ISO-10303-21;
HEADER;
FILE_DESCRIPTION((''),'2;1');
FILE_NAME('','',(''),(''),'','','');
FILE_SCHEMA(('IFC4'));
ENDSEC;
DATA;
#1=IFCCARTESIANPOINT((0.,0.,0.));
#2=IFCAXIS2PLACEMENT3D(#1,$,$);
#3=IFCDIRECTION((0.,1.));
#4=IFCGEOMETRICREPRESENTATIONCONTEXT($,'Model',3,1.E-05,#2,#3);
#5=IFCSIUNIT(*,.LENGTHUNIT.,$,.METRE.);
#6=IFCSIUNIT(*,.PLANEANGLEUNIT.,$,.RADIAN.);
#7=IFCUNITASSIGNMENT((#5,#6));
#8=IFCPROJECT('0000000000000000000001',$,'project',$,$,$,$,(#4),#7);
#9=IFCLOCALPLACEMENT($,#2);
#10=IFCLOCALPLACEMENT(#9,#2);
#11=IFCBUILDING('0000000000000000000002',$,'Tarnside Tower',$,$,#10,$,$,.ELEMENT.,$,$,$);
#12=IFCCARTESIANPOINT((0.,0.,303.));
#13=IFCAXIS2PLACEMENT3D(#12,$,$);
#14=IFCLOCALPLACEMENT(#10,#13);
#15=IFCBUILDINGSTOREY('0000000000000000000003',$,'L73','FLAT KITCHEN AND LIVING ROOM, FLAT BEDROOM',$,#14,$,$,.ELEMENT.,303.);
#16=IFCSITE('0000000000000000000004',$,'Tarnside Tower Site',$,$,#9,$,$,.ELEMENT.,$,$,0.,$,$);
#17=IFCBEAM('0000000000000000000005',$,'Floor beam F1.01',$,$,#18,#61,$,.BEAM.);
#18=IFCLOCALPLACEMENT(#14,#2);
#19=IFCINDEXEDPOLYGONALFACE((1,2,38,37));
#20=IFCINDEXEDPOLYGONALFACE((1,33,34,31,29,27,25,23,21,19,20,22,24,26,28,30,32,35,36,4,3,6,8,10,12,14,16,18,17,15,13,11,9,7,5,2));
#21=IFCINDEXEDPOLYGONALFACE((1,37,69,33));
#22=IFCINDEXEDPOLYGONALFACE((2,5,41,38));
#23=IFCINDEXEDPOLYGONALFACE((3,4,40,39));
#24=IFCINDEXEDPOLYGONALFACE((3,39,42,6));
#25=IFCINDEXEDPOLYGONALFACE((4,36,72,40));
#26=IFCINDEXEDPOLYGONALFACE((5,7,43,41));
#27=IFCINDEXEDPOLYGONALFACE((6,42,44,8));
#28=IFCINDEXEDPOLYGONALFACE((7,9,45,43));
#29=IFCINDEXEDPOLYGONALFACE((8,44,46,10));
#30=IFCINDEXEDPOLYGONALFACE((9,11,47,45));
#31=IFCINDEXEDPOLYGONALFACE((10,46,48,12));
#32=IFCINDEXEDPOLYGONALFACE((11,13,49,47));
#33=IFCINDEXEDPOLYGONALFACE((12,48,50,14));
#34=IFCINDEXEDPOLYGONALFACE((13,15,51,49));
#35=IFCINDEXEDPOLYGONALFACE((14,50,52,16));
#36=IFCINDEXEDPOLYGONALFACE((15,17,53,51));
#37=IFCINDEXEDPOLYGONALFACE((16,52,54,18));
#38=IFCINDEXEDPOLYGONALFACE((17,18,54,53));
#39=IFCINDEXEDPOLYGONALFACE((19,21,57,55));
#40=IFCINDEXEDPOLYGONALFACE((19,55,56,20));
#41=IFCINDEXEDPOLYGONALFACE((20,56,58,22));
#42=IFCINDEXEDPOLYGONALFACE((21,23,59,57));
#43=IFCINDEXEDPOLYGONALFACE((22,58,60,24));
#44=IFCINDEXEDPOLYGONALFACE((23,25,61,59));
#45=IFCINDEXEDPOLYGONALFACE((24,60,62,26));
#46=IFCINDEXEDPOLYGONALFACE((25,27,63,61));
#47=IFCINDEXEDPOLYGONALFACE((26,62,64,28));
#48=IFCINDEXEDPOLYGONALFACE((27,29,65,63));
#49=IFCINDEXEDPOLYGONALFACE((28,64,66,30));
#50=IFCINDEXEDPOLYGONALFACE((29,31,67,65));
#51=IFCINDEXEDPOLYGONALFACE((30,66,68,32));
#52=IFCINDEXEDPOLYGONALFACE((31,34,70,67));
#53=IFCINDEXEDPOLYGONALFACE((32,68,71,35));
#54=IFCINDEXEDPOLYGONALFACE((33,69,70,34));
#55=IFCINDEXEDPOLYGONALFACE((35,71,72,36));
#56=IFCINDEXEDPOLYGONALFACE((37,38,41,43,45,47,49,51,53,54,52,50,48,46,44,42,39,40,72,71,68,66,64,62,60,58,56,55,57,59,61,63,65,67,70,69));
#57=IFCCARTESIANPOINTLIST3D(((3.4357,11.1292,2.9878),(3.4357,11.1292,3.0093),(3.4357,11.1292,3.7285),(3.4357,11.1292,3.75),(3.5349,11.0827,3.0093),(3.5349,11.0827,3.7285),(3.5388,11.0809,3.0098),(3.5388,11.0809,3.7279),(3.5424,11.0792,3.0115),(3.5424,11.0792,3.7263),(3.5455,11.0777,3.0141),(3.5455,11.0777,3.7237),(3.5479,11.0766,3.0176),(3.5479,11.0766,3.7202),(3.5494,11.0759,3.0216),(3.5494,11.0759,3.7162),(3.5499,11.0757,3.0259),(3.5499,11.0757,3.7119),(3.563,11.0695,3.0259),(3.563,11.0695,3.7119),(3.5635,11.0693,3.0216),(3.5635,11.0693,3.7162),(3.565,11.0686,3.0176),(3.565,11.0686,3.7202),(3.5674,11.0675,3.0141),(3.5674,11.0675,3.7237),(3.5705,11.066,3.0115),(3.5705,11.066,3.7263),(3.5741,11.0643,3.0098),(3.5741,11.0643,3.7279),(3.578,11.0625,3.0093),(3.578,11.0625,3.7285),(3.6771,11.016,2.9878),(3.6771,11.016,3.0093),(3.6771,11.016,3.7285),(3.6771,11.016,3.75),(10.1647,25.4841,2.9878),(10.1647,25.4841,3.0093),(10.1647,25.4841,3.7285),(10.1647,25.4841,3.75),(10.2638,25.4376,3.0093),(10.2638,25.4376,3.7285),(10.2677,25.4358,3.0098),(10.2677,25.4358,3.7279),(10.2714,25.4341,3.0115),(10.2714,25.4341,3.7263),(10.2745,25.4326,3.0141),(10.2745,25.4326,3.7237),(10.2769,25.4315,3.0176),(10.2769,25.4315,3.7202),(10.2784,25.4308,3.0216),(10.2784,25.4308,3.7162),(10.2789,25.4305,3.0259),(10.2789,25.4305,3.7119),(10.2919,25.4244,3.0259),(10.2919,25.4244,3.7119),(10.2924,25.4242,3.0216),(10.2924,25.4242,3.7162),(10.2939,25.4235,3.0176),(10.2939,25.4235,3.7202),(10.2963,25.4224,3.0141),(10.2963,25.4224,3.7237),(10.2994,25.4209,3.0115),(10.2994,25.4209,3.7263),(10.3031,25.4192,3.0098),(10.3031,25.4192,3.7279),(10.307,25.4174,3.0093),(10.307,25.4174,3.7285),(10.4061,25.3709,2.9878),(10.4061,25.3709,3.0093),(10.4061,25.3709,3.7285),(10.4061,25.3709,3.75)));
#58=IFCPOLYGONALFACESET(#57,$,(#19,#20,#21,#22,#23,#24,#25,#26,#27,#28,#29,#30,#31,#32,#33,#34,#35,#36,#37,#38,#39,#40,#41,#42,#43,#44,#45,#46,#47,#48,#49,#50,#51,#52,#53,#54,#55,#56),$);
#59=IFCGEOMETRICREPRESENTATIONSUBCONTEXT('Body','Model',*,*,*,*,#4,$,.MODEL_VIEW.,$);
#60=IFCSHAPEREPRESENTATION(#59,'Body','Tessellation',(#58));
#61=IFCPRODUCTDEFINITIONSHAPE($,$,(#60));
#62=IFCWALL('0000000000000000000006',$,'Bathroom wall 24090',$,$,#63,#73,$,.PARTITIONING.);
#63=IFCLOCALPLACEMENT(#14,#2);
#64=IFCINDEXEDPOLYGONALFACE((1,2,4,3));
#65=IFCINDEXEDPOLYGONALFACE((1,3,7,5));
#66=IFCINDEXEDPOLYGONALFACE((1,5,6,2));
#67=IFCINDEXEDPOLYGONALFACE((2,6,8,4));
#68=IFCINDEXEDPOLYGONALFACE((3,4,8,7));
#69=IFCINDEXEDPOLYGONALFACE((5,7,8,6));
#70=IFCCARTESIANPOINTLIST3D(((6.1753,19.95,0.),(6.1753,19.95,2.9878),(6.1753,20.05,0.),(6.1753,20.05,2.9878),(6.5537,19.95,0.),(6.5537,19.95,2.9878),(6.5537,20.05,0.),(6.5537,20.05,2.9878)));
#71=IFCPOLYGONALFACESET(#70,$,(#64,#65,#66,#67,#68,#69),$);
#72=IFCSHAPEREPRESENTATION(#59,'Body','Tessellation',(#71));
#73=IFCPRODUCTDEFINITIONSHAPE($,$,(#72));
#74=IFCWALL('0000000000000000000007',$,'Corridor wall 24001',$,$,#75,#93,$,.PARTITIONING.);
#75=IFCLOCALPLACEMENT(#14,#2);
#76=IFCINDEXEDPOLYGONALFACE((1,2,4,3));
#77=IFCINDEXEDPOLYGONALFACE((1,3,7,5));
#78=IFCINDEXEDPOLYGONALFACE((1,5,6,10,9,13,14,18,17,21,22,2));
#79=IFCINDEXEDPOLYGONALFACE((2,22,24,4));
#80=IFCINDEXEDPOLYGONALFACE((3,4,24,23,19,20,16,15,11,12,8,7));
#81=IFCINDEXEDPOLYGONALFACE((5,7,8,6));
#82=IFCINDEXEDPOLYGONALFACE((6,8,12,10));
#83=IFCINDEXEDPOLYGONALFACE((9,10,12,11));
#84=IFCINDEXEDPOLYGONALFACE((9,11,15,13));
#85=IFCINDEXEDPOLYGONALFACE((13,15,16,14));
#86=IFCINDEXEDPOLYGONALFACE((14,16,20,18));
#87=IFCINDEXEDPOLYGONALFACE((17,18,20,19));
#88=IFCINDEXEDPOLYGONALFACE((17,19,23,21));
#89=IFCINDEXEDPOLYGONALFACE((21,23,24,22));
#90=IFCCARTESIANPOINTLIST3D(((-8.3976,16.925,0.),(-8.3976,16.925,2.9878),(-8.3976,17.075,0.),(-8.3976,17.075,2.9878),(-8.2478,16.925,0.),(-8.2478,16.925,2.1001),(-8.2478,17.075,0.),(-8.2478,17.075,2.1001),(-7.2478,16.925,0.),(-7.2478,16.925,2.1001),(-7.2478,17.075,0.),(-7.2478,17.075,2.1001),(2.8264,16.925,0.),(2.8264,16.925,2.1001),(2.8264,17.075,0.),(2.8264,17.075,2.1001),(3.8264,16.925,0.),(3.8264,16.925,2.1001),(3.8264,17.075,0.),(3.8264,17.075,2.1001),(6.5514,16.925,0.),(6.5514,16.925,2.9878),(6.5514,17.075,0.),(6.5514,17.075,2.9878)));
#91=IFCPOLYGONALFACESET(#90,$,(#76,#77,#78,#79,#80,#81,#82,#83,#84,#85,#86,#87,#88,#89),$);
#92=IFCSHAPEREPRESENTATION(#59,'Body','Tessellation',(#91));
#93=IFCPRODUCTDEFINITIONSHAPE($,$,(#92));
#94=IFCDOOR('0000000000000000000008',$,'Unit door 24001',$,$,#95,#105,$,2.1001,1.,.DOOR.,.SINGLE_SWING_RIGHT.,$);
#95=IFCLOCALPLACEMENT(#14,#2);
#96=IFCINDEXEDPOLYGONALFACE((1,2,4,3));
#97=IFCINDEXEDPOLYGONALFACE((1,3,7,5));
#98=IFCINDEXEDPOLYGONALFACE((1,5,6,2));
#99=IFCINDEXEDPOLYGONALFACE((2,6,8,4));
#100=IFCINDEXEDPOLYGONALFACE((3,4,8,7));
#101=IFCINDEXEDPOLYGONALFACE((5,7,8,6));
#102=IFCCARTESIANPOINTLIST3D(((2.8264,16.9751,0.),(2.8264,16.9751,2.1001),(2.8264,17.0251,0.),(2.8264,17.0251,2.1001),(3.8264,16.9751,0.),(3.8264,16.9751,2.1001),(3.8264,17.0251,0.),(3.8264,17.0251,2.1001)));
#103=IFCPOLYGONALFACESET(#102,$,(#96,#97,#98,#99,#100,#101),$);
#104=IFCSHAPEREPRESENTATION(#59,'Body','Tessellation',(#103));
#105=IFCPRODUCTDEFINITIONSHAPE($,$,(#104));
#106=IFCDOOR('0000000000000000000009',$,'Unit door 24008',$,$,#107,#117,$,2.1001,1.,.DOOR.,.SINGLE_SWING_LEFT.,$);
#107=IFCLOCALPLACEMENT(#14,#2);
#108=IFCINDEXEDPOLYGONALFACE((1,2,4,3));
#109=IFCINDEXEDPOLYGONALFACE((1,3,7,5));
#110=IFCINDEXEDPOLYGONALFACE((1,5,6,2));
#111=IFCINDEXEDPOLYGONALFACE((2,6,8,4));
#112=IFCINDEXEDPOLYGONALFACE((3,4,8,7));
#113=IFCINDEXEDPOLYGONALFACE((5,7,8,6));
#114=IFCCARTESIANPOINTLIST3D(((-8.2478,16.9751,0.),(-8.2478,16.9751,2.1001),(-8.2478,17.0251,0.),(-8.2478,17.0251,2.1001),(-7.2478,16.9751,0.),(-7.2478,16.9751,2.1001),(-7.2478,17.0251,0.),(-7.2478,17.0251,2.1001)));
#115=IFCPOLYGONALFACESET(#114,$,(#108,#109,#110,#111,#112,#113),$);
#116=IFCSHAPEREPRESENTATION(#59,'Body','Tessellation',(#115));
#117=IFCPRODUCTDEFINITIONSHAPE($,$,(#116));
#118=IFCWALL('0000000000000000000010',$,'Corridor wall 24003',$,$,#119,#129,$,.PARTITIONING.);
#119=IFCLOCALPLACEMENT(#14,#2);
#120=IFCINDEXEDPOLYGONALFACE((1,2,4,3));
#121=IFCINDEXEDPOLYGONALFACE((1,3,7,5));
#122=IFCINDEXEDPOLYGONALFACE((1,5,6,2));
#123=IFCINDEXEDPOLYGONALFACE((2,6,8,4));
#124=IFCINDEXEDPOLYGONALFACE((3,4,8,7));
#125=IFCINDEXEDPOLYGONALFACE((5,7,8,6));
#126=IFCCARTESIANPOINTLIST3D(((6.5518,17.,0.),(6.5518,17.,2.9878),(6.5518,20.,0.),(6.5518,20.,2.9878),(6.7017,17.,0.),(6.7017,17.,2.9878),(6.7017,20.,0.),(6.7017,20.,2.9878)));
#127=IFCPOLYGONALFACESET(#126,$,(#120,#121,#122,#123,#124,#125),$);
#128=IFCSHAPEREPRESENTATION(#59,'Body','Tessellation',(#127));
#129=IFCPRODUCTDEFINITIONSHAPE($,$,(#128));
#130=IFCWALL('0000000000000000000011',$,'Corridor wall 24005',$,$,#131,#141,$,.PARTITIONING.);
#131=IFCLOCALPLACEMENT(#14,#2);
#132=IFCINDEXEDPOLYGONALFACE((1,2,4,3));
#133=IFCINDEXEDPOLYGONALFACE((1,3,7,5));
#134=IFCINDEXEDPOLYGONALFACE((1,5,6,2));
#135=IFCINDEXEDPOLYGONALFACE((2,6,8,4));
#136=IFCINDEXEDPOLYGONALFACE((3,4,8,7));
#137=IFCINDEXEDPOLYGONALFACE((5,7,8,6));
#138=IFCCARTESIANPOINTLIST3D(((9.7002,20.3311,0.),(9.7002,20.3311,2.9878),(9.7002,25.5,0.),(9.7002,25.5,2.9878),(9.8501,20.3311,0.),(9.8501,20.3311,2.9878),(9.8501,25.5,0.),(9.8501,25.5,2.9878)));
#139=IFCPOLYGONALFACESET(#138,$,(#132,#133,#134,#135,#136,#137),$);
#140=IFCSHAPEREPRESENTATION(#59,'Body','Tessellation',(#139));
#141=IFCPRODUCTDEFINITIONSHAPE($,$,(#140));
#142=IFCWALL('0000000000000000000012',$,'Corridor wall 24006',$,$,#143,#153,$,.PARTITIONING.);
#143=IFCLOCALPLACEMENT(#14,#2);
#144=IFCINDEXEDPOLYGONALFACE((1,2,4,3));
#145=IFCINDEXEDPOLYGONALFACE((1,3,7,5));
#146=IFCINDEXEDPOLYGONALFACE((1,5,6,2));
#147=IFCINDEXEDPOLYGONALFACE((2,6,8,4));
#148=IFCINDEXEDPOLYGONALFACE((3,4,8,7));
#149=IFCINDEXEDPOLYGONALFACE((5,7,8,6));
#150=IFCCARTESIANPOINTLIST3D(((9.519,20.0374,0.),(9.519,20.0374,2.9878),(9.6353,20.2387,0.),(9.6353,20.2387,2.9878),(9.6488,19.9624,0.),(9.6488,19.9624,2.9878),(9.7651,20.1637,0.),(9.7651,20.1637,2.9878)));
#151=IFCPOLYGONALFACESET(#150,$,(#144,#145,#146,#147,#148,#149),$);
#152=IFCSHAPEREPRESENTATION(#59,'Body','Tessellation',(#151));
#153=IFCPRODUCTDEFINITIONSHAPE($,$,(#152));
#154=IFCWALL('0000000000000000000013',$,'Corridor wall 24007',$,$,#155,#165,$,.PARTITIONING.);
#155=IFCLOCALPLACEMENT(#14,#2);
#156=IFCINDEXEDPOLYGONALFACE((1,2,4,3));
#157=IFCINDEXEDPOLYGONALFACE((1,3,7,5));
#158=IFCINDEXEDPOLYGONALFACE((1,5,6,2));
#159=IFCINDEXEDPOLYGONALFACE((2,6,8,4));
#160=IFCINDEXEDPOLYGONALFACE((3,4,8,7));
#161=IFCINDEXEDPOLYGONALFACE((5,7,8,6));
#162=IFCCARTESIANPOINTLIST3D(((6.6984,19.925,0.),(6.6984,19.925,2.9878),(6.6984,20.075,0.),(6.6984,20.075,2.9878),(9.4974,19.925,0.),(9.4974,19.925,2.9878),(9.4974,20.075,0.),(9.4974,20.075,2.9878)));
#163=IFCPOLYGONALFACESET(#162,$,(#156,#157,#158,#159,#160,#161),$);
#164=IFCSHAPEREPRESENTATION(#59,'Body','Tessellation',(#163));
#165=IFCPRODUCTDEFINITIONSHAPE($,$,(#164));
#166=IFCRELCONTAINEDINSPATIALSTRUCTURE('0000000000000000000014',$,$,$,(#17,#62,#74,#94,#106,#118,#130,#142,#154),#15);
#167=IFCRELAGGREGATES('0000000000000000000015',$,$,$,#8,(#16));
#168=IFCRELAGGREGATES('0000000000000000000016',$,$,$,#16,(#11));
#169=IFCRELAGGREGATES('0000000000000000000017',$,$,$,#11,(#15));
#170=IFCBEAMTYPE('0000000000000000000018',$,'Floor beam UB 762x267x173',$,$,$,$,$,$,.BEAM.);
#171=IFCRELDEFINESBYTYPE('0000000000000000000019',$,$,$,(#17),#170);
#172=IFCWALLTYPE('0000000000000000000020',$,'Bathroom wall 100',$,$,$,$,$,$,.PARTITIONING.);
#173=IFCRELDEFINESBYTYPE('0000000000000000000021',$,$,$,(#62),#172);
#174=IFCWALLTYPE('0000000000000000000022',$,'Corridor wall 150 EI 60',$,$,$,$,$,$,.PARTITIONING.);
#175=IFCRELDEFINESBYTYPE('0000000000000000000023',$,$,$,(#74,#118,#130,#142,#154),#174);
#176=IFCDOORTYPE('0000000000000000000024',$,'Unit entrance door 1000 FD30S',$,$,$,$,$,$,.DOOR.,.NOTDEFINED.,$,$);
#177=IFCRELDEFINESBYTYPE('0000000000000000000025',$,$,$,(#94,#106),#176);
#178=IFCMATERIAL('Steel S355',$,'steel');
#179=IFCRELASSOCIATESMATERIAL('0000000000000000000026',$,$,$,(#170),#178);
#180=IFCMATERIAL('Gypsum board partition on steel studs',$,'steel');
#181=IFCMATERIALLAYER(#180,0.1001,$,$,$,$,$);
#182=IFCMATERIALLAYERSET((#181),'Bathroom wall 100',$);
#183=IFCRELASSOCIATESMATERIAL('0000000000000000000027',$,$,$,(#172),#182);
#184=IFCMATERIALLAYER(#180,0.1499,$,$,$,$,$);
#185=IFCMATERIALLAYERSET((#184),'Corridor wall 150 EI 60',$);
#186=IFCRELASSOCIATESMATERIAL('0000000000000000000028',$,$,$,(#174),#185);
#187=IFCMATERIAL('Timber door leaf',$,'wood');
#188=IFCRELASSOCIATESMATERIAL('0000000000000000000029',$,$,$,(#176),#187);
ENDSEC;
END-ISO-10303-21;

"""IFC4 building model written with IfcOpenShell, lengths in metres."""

from ifc_helpers import new_model, si_unit, direction, frame, frame_2d, origin, origin_2d, place, context, subcontext, project, spatial, rectangle, i_section, extrude, material, layer, layer_set, material_profile, profile_set, type_object, element, fill, save


model = new_model("IFC4")

# Units and contexts
model_context = context("Model", 3, precision=1e-05, world=origin(), true_north=direction((0.0, 1.0)))
body_context = subcontext(model_context, "Body", "Model", "MODEL_VIEW")
ifc_project = project(units=[si_unit("LENGTHUNIT", "METRE"), si_unit("PLANEANGLEUNIT", "RADIAN")], contexts=[model_context])

# Site, building, storey
site_placement = place(None, origin())
site = spatial("IfcSite", under=ifc_project, at=site_placement, Name="Tarnside Tower Site", CompositionType="ELEMENT", RefElevation=0.0)
building_placement = place(site_placement, origin())
building = spatial("IfcBuilding", under=site, at=building_placement, Name="Tarnside Tower", CompositionType="ELEMENT")
storey_placement = place(building_placement, frame((0.0, 0.0, 303.0)))
storey = spatial("IfcBuildingStorey", under=building, at=storey_placement, Name="L73", Description="FLAT KITCHEN AND LIVING ROOM, FLAT BEDROOM", CompositionType="ELEMENT", Elevation=303.0)

# Beam
ifc_material_1 = material(Name="Steel S355", Category="steel")
ifc_material_profile = material_profile(ifc_material_1, i_section(OverallWidth=0.2666, OverallDepth=0.7622, WebThickness=0.0144, FlangeThickness=0.0215, FilletRadius=0.0166, at=origin_2d()), Name="UB 762x267x173")
ifc_profile_set = profile_set([ifc_material_profile], Name="Steel S355")
beam_type = type_object("IfcBeamType", Name="Floor beam UB 762x267x173", PredefinedType="BEAM", material=ifc_profile_set)
beam_placement = place(storey_placement, frame((10.2854, 25.4275, 3.3689), z_axis=(-0.424439, -0.905456, 0.0), x_axis=(0.905456, -0.424439, 0.0)))
element("IfcBeam", 1, at=beam_placement, inside=storey, type_object=beam_type, Name="Floor beam F1.01", PredefinedType="BEAM", context=body_context, shape_type="SweptSolid", body=[
    extrude(i_section(OverallWidth=0.2666, OverallDepth=0.7622, WebThickness=0.0144, FlangeThickness=0.0215, FilletRadius=0.0166, at=origin_2d()), origin(), (0.0, 0.0, 1.0), 15.8538),
])

# Wall
ifc_material_2 = material(Name="Gypsum board partition on steel studs", Category="steel")
ifc_layer_1 = layer(ifc_material_2, 0.1001)
ifc_layer_set_1 = layer_set([ifc_layer_1], Name="Bathroom wall 100")
wall_type_1 = type_object("IfcWallType", Name="Bathroom wall 100", PredefinedType="PARTITIONING", material=ifc_layer_set_1)
wall_1_placement = place(storey_placement, frame((6.5537, 20.0, 0.0), z_axis=(0.0, 0.0, 1.0), x_axis=(-1.0, 0.0, 0.0)))
element("IfcWall", 2, at=wall_1_placement, inside=storey, type_object=wall_type_1, Name="Bathroom wall 24090", PredefinedType="PARTITIONING", context=body_context, shape_type="SweptSolid", body=[
    extrude(rectangle(XDim=0.3784, YDim=0.1001, at=frame_2d((0.1892, 0.0))), origin(), (0.0, 0.0, 1.0), 2.9878),
])

# Wall, openings, doors
ifc_layer_2 = layer(ifc_material_2, 0.1499)
ifc_layer_set_2 = layer_set([ifc_layer_2], Name="Corridor wall 150 EI 60")
wall_type_2 = type_object("IfcWallType", Name="Corridor wall 150 EI 60", PredefinedType="PARTITIONING", material=ifc_layer_set_2)
wall_2_placement = place(storey_placement, frame((6.5515, 17.0, 0.0), z_axis=(0.0, 0.0, 1.0), x_axis=(-1.0, 0.0, 0.0)))
wall_2 = element("IfcWall", 3, at=wall_2_placement, inside=storey, type_object=wall_type_2, Name="Corridor wall 24001", PredefinedType="PARTITIONING", context=body_context, shape_type="SweptSolid", body=[
    extrude(rectangle(XDim=14.949, YDim=0.1499, at=frame_2d((7.4746, 0.0))), origin(), (0.0, 0.0, 1.0), 2.9878),
])
opening_1_placement = place(wall_2_placement, frame((2.7251, 0.0, 0.0)))
opening_1 = element("IfcOpeningElement", 4, at=opening_1_placement, cuts=wall_2, PredefinedType="OPENING", context=body_context, shape_type="SweptSolid", body=[
    extrude(rectangle(XDim=1.0, YDim=2.1001, at=frame_2d((0.5, 1.05))), frame((0.0, 0.085, 0.0), z_axis=(0.0, -1.0, 0.0), x_axis=(1.0, 0.0, 0.0)), (0.0, 0.0, 1.0), 0.1699),
])
opening_2_placement = place(wall_2_placement, frame((13.7993, 0.0, 0.0)))
opening_2 = element("IfcOpeningElement", 5, at=opening_2_placement, cuts=wall_2, PredefinedType="OPENING", context=body_context, shape_type="SweptSolid", body=[
    extrude(rectangle(XDim=1.0, YDim=2.1001, at=frame_2d((0.5, 1.05))), frame((0.0, 0.085, 0.0), z_axis=(0.0, -1.0, 0.0), x_axis=(1.0, 0.0, 0.0)), (0.0, 0.0, 1.0), 0.1699),
])
ifc_material_3 = material(Name="Timber door leaf", Category="wood")
door_type = type_object("IfcDoorType", Name="Unit entrance door 1000 FD30S", OperationType="NOTDEFINED", PredefinedType="DOOR", material=ifc_material_3)
door_1_placement = place(opening_1_placement, origin())
door_1 = element("IfcDoor", 6, at=door_1_placement, inside=storey, type_object=door_type, Name="Unit door 24001", OperationType="SINGLE_SWING_RIGHT", OverallHeight=2.1001, OverallWidth=1.0, PredefinedType="DOOR", context=body_context, shape_type="SweptSolid", body=[
    extrude(rectangle(XDim=1.0, YDim=2.1001, at=frame_2d((0.5, 1.05))), frame((0.0, 0.0249, 0.0), z_axis=(0.0, -1.0, 0.0), x_axis=(1.0, 0.0, 0.0)), (0.0, 0.0, 1.0), 0.05),
])
fill(opening_1, door_1)
door_2_placement = place(opening_2_placement, origin())
door_2 = element("IfcDoor", 7, at=door_2_placement, inside=storey, type_object=door_type, Name="Unit door 24008", OperationType="SINGLE_SWING_LEFT", OverallHeight=2.1001, OverallWidth=1.0, PredefinedType="DOOR", context=body_context, shape_type="SweptSolid", body=[
    extrude(rectangle(XDim=1.0, YDim=2.1001, at=frame_2d((0.5, 1.05))), frame((0.0, 0.0249, 0.0), z_axis=(0.0, -1.0, 0.0), x_axis=(1.0, 0.0, 0.0)), (0.0, 0.0, 1.0), 0.05),
])
fill(opening_2, door_2)

# Walls
wall_3_placement = place(storey_placement, frame((6.6267, 20.0, 0.0), z_axis=(0.0, 0.0, 1.0), x_axis=(0.0, -1.0, 0.0)))
element("IfcWall", 8, at=wall_3_placement, inside=storey, type_object=wall_type_2, Name="Corridor wall 24003", PredefinedType="PARTITIONING", context=body_context, shape_type="SweptSolid", body=[
    extrude(rectangle(XDim=3.0, YDim=0.1499, at=frame_2d((1.5, 0.0))), origin(), (0.0, 0.0, 1.0), 2.9878),
])
wall_4_placement = place(storey_placement, frame((9.7751, 25.5, 0.0), z_axis=(0.0, 0.0, 1.0), x_axis=(0.0, -1.0, 0.0)))
element("IfcWall", 9, at=wall_4_placement, inside=storey, type_object=wall_type_2, Name="Corridor wall 24005", PredefinedType="PARTITIONING", context=body_context, shape_type="SweptSolid", body=[
    extrude(rectangle(XDim=5.1689, YDim=0.1499, at=frame_2d((2.5845, 0.0))), origin(), (0.0, 0.0, 1.0), 2.9878),
])
wall_5_placement = place(storey_placement, frame((9.7002, 20.2012, 0.0), z_axis=(0.0, 0.0, 1.0), x_axis=(-0.500208, -0.865906, 0.0)))
element("IfcWall", 10, at=wall_5_placement, inside=storey, type_object=wall_type_2, Name="Corridor wall 24006", PredefinedType="PARTITIONING", context=body_context, shape_type="SweptSolid", body=[
    extrude(rectangle(XDim=0.2324, YDim=0.1499, at=frame_2d((0.1162, 0.0))), origin(), (0.0, 0.0, 1.0), 2.9878),
])
wall_6_placement = place(storey_placement, frame((9.4973, 20.0, 0.0), z_axis=(0.0, 0.0, 1.0), x_axis=(-1.0, 0.0, 0.0)))
element("IfcWall", 11, at=wall_6_placement, inside=storey, type_object=wall_type_2, Name="Corridor wall 24007", PredefinedType="PARTITIONING", context=body_context, shape_type="SweptSolid", body=[
    extrude(rectangle(XDim=2.7991, YDim=0.1499, at=frame_2d((1.3994, 0.0))), origin(), (0.0, 0.0, 1.0), 2.9878),
])

save(model, "model.ifc")
